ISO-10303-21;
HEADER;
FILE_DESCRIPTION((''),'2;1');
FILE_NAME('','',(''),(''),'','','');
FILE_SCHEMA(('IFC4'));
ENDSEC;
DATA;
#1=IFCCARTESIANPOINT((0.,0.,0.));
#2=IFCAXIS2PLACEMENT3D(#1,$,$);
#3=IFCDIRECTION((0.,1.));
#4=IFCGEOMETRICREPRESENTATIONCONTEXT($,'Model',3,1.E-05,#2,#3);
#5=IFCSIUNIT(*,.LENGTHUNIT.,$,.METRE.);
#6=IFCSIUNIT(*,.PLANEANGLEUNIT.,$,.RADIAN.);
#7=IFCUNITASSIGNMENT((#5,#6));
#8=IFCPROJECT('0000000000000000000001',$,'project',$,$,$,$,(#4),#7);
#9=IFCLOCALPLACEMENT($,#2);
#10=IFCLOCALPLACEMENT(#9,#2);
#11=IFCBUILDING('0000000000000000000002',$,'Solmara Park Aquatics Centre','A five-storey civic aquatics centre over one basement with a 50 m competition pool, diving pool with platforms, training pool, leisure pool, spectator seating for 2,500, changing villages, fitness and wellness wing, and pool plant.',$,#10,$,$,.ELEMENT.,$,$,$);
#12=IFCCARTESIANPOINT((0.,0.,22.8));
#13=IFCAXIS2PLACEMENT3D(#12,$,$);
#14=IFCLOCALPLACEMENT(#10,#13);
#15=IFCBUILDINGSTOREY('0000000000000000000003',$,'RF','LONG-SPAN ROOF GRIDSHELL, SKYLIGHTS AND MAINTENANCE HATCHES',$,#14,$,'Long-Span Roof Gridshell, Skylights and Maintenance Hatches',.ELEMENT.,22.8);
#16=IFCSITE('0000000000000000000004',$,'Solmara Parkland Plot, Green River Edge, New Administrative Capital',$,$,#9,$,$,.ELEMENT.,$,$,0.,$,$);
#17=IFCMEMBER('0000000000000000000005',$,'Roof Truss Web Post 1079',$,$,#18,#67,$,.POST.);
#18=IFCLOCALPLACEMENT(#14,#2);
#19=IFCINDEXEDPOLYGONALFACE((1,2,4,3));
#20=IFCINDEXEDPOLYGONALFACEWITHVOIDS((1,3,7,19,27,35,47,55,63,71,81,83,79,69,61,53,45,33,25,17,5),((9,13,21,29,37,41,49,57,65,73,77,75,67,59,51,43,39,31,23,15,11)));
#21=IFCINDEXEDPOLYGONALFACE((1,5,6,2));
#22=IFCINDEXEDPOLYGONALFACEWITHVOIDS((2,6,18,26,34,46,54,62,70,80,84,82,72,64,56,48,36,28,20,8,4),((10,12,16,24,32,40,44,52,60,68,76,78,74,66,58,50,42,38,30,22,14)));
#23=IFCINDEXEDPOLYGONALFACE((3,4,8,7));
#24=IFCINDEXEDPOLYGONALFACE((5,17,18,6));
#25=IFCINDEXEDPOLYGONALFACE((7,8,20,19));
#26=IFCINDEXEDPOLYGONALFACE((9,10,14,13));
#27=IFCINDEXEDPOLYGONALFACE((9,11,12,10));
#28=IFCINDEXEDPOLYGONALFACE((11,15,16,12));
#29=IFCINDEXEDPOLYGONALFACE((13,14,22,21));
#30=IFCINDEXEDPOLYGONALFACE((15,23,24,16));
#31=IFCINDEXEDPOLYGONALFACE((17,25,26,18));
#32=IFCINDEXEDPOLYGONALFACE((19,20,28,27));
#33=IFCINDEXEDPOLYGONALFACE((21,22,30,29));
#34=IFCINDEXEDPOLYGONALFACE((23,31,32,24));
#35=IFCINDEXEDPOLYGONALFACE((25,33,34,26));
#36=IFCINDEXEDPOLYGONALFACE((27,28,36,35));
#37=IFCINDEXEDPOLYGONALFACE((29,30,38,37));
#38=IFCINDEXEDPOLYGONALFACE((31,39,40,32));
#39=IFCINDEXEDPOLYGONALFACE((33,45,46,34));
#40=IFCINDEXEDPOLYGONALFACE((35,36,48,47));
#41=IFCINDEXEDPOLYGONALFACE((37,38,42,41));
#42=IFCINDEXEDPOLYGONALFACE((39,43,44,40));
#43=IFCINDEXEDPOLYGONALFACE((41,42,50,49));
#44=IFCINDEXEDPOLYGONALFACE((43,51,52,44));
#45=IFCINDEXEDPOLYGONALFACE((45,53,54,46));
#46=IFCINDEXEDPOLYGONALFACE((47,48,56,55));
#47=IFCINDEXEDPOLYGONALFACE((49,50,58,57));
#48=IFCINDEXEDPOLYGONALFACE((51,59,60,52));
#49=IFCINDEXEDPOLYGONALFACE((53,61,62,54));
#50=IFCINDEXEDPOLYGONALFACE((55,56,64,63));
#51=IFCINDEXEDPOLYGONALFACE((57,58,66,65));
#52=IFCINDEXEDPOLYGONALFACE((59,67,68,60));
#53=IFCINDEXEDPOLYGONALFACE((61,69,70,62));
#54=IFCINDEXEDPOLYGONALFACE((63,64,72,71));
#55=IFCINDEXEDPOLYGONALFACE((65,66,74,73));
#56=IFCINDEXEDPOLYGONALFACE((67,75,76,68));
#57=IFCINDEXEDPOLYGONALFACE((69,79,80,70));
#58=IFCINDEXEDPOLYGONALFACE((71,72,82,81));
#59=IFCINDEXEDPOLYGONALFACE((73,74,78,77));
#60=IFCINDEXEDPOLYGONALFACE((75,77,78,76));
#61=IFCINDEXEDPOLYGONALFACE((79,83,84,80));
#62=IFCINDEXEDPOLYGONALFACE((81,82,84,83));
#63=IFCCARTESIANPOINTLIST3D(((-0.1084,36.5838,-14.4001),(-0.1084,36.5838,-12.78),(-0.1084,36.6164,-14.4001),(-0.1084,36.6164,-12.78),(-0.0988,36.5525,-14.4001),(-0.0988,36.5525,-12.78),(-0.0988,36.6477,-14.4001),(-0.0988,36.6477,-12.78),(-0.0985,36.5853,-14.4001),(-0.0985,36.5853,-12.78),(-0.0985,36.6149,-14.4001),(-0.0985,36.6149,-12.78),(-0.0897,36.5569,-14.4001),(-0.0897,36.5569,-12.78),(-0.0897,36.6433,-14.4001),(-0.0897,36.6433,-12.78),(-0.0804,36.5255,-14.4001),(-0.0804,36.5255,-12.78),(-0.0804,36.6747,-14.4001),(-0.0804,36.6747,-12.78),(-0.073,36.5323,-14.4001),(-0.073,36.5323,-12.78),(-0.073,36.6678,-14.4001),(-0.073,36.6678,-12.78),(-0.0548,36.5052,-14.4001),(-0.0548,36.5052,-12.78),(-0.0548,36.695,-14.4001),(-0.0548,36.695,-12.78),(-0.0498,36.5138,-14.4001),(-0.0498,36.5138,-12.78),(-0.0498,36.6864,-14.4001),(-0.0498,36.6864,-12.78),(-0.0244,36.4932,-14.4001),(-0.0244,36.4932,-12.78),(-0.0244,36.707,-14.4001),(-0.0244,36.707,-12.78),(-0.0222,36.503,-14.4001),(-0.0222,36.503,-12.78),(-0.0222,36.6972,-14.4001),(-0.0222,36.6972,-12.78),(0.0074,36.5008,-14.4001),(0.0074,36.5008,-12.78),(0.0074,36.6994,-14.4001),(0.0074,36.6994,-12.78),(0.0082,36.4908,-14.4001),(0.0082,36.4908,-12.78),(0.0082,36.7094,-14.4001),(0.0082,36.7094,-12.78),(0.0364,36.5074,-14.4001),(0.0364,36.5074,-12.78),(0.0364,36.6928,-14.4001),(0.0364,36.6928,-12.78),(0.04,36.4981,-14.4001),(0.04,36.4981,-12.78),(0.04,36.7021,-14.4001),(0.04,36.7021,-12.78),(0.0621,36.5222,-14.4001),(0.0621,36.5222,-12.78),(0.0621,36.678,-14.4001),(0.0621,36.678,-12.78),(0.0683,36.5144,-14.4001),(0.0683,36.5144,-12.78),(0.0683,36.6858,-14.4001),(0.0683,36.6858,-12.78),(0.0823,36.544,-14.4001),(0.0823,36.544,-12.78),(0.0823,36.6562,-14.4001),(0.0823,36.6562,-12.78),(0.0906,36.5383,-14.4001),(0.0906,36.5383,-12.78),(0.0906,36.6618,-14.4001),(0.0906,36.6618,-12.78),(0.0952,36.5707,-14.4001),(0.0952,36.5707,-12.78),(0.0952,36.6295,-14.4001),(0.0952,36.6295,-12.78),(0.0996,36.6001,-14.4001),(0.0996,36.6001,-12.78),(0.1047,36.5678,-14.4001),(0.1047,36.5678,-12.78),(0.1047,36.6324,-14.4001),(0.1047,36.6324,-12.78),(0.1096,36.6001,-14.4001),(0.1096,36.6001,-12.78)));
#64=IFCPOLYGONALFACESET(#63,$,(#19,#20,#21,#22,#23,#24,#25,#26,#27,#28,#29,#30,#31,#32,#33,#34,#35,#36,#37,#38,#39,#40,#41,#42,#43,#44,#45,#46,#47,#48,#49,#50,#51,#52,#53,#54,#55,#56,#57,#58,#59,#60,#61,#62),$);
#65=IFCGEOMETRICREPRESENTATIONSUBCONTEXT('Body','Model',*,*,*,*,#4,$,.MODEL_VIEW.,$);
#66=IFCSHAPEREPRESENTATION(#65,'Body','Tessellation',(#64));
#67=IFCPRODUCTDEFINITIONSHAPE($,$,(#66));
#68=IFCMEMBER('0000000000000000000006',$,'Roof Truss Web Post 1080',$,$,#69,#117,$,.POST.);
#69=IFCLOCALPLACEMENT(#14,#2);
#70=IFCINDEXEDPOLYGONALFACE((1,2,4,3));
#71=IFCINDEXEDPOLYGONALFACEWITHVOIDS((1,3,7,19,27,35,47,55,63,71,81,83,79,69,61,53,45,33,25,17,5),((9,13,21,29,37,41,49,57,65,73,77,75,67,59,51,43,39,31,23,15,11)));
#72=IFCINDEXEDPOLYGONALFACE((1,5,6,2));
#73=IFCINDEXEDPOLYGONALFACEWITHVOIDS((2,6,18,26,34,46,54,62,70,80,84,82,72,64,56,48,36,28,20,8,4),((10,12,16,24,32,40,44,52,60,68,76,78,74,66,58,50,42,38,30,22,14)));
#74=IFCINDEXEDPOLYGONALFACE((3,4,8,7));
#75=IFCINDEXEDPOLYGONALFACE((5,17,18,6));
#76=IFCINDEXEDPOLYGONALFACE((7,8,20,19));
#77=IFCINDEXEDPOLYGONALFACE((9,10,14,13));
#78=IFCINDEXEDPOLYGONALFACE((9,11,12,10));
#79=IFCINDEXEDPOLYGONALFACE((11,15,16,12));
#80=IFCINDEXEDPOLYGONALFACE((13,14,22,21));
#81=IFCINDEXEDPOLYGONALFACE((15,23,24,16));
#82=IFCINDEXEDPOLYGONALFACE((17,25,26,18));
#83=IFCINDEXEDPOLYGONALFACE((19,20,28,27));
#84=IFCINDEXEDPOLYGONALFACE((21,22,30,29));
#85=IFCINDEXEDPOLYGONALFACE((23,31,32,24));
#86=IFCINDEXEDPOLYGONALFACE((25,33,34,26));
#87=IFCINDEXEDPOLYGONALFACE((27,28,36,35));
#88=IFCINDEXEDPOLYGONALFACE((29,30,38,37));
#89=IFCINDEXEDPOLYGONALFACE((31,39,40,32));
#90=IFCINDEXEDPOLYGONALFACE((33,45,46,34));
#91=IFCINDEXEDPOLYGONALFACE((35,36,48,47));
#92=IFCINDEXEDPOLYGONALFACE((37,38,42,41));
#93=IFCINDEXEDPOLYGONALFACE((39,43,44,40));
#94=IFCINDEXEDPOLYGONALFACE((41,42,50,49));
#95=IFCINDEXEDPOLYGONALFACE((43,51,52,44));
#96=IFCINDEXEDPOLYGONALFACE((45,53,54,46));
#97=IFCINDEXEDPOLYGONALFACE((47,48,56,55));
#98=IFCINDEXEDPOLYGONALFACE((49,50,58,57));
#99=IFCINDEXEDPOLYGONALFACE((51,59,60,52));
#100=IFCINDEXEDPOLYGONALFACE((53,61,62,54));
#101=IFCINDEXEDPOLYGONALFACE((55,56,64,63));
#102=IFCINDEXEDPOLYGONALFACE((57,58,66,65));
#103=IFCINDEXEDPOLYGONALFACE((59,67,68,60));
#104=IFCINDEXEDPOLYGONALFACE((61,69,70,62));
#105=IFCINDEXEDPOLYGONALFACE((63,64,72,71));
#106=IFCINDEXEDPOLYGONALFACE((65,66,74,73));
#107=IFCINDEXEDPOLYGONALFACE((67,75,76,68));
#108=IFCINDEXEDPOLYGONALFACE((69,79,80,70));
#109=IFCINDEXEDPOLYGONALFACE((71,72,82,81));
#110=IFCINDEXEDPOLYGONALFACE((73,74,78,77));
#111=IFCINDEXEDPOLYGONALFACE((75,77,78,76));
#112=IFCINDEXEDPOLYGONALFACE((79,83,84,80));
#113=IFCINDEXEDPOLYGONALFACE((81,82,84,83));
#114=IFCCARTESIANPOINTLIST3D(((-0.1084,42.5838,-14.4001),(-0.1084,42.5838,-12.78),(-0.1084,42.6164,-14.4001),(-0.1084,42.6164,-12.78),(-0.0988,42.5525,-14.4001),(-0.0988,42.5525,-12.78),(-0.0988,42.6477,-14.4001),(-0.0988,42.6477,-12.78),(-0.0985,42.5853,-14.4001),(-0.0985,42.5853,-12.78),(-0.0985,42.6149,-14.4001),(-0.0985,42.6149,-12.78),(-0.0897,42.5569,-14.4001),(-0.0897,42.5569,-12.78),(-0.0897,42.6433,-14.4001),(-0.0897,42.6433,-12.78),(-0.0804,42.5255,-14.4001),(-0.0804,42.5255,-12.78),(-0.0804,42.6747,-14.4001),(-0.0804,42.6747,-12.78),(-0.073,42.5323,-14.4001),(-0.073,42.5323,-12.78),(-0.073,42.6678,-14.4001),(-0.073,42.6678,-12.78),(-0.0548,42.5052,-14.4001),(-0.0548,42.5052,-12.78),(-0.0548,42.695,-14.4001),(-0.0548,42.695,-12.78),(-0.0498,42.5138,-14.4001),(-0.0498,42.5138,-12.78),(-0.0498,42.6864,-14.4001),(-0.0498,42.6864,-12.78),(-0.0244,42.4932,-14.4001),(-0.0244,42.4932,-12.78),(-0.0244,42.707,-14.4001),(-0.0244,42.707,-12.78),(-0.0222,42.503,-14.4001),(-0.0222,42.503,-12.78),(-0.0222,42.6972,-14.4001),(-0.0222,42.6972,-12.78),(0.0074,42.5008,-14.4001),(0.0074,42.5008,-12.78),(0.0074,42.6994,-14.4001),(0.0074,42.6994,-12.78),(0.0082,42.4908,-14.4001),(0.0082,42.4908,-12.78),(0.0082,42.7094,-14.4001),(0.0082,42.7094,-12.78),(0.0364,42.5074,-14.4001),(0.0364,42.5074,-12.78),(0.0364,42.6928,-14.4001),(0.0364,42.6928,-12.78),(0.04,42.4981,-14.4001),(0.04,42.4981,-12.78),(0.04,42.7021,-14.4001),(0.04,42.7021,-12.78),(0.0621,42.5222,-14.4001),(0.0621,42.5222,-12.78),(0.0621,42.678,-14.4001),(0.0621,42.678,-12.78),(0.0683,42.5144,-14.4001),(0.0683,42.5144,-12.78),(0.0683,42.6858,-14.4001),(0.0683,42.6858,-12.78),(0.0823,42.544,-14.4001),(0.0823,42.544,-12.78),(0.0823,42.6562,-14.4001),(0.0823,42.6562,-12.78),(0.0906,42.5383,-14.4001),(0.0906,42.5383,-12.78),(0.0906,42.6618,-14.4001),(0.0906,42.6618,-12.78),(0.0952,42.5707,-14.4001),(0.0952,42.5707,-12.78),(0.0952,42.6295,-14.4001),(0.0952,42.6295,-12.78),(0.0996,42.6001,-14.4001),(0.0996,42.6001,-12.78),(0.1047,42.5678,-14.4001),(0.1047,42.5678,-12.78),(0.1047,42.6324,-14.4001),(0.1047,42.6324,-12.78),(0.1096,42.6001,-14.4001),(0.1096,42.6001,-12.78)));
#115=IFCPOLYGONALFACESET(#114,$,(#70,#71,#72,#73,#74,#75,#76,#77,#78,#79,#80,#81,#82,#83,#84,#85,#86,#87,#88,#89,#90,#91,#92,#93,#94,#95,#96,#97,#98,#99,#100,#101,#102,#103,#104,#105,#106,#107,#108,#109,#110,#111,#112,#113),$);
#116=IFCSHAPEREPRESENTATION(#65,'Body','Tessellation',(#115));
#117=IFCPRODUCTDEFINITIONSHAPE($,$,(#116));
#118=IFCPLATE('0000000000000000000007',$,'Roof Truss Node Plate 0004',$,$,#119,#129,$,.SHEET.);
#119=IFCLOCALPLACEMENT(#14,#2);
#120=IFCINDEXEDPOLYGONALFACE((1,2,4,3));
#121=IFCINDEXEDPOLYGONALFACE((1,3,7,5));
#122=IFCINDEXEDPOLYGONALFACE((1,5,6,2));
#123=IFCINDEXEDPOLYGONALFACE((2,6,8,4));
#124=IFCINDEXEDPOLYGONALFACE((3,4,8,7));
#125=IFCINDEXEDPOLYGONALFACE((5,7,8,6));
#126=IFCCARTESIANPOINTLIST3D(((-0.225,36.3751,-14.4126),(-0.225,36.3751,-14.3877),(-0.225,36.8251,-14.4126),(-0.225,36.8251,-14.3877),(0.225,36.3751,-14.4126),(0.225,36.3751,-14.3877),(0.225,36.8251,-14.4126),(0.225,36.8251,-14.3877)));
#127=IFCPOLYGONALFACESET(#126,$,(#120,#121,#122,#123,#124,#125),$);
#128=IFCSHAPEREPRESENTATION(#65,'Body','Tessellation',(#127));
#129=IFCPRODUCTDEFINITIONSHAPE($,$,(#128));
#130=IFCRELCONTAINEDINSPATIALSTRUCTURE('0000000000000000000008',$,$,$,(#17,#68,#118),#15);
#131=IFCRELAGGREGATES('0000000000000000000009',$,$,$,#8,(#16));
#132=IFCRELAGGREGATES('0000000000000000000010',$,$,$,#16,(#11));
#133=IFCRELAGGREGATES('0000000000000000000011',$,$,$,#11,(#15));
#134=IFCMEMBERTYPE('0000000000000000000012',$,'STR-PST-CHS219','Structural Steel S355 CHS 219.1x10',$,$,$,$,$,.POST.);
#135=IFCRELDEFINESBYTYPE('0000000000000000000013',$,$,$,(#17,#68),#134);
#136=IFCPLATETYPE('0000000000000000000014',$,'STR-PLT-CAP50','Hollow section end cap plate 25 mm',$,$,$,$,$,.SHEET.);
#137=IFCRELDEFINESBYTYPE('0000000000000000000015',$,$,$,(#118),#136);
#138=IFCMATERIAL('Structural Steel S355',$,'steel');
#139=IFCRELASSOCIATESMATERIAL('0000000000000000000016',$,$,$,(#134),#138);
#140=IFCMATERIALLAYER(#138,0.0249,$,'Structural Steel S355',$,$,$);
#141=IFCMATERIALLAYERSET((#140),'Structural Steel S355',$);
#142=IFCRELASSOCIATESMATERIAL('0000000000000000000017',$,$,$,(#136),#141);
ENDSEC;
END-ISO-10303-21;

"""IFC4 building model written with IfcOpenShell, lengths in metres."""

from ifc_helpers import new_model, si_unit, direction, frame, origin, origin_2d, place, context, subcontext, project, spatial, rectangle, hollow_circle, extrude, material, layer, layer_set, material_profile, profile_set, type_object, element, save


model = new_model("IFC4")

# Units and contexts
model_context = context("Model", 3, precision=1e-05, world=origin(), true_north=direction((0.0, 1.0)))
body_context = subcontext(model_context, "Body", "Model", "MODEL_VIEW")
ifc_project = project(units=[si_unit("LENGTHUNIT", "METRE"), si_unit("PLANEANGLEUNIT", "RADIAN")], contexts=[model_context])

# Site, building, storey
site_placement = place(None, origin())
site = spatial("IfcSite", under=ifc_project, at=site_placement, Name="Solmara Parkland Plot, Green River Edge, New Administrative Capital", CompositionType="ELEMENT", RefElevation=0.0)
building_placement = place(site_placement, origin())
building = spatial("IfcBuilding", under=site, at=building_placement, Name="Solmara Park Aquatics Centre", Description="A five-storey civic aquatics centre over one basement with a 50 m competition pool, diving pool with platforms, training pool, leisure pool, spectator seating for 2,500, changing villages, fitness and wellness wing, and pool plant.", CompositionType="ELEMENT")
storey_placement = place(building_placement, frame((0.0, 0.0, 22.8)))
storey = spatial("IfcBuildingStorey", under=building, at=storey_placement, Name="RF", Description="LONG-SPAN ROOF GRIDSHELL, SKYLIGHTS AND MAINTENANCE HATCHES", LongName="Long-Span Roof Gridshell, Skylights and Maintenance Hatches", CompositionType="ELEMENT", Elevation=22.8)

# Members
ifc_material_1 = material(Name="Structural Steel S355", Category="steel")
ifc_material_profile_1 = material_profile(ifc_material_1, hollow_circle(Radius=0.1096, WallThickness=0.01, at=origin_2d()), Name="CHS 219.1x10")
ifc_profile_set_1 = profile_set([ifc_material_profile_1], Name="Structural Steel S355")
member_type_1 = type_object("IfcMemberType", Name="STR-PST-CHS219", Description="Structural Steel S355 CHS 219.1x10", PredefinedType="POST", material=ifc_profile_set_1)
for number, where, z_axis, x_axis, name in (
    (1, (0.0, 36.6001, -14.4001), (0.0, 0.0, 1.0), (1.0, 0.0, 0.0), "Roof Truss Web Post 1079"),
    (2, (0.0, 42.6001, -14.4001), (0.0, 0.0, 1.0), (1.0, 0.0, 0.0), "Roof Truss Web Post 1080"),
):
    element("IfcMember", number, at=place(storey_placement, frame(where, z_axis=z_axis, x_axis=x_axis)), inside=storey, type_object=member_type_1, Name=name, PredefinedType="POST", context=body_context, shape_type="SweptSolid", body=[
        extrude(hollow_circle(Radius=0.1096, WallThickness=0.01, at=origin_2d()), origin(), (0.0, 0.0, 1.0), 1.6201),
    ])

# Plate
ifc_layer = layer(ifc_material_1, 0.0249, Name="Structural Steel S355")
ifc_layer_set = layer_set([ifc_layer], Name="Structural Steel S355")
plate_type = type_object("IfcPlateType", Name="STR-PLT-CAP50", Description="Hollow section end cap plate 25 mm", PredefinedType="SHEET", material=ifc_layer_set)
plate_placement = place(storey_placement, frame((0.0, 36.6001, -14.4126), z_axis=(0.0, 0.0, 1.0), x_axis=(1.0, 0.0, 0.0)))
element("IfcPlate", 3, at=plate_placement, inside=storey, type_object=plate_type, Name="Roof Truss Node Plate 0004", PredefinedType="SHEET", context=body_context, shape_type="SweptSolid", body=[
    extrude(rectangle(XDim=0.45, YDim=0.45, at=origin_2d()), origin(), (0.0, 0.0, 1.0), 0.0249),
])

save(model, "model.ifc")
